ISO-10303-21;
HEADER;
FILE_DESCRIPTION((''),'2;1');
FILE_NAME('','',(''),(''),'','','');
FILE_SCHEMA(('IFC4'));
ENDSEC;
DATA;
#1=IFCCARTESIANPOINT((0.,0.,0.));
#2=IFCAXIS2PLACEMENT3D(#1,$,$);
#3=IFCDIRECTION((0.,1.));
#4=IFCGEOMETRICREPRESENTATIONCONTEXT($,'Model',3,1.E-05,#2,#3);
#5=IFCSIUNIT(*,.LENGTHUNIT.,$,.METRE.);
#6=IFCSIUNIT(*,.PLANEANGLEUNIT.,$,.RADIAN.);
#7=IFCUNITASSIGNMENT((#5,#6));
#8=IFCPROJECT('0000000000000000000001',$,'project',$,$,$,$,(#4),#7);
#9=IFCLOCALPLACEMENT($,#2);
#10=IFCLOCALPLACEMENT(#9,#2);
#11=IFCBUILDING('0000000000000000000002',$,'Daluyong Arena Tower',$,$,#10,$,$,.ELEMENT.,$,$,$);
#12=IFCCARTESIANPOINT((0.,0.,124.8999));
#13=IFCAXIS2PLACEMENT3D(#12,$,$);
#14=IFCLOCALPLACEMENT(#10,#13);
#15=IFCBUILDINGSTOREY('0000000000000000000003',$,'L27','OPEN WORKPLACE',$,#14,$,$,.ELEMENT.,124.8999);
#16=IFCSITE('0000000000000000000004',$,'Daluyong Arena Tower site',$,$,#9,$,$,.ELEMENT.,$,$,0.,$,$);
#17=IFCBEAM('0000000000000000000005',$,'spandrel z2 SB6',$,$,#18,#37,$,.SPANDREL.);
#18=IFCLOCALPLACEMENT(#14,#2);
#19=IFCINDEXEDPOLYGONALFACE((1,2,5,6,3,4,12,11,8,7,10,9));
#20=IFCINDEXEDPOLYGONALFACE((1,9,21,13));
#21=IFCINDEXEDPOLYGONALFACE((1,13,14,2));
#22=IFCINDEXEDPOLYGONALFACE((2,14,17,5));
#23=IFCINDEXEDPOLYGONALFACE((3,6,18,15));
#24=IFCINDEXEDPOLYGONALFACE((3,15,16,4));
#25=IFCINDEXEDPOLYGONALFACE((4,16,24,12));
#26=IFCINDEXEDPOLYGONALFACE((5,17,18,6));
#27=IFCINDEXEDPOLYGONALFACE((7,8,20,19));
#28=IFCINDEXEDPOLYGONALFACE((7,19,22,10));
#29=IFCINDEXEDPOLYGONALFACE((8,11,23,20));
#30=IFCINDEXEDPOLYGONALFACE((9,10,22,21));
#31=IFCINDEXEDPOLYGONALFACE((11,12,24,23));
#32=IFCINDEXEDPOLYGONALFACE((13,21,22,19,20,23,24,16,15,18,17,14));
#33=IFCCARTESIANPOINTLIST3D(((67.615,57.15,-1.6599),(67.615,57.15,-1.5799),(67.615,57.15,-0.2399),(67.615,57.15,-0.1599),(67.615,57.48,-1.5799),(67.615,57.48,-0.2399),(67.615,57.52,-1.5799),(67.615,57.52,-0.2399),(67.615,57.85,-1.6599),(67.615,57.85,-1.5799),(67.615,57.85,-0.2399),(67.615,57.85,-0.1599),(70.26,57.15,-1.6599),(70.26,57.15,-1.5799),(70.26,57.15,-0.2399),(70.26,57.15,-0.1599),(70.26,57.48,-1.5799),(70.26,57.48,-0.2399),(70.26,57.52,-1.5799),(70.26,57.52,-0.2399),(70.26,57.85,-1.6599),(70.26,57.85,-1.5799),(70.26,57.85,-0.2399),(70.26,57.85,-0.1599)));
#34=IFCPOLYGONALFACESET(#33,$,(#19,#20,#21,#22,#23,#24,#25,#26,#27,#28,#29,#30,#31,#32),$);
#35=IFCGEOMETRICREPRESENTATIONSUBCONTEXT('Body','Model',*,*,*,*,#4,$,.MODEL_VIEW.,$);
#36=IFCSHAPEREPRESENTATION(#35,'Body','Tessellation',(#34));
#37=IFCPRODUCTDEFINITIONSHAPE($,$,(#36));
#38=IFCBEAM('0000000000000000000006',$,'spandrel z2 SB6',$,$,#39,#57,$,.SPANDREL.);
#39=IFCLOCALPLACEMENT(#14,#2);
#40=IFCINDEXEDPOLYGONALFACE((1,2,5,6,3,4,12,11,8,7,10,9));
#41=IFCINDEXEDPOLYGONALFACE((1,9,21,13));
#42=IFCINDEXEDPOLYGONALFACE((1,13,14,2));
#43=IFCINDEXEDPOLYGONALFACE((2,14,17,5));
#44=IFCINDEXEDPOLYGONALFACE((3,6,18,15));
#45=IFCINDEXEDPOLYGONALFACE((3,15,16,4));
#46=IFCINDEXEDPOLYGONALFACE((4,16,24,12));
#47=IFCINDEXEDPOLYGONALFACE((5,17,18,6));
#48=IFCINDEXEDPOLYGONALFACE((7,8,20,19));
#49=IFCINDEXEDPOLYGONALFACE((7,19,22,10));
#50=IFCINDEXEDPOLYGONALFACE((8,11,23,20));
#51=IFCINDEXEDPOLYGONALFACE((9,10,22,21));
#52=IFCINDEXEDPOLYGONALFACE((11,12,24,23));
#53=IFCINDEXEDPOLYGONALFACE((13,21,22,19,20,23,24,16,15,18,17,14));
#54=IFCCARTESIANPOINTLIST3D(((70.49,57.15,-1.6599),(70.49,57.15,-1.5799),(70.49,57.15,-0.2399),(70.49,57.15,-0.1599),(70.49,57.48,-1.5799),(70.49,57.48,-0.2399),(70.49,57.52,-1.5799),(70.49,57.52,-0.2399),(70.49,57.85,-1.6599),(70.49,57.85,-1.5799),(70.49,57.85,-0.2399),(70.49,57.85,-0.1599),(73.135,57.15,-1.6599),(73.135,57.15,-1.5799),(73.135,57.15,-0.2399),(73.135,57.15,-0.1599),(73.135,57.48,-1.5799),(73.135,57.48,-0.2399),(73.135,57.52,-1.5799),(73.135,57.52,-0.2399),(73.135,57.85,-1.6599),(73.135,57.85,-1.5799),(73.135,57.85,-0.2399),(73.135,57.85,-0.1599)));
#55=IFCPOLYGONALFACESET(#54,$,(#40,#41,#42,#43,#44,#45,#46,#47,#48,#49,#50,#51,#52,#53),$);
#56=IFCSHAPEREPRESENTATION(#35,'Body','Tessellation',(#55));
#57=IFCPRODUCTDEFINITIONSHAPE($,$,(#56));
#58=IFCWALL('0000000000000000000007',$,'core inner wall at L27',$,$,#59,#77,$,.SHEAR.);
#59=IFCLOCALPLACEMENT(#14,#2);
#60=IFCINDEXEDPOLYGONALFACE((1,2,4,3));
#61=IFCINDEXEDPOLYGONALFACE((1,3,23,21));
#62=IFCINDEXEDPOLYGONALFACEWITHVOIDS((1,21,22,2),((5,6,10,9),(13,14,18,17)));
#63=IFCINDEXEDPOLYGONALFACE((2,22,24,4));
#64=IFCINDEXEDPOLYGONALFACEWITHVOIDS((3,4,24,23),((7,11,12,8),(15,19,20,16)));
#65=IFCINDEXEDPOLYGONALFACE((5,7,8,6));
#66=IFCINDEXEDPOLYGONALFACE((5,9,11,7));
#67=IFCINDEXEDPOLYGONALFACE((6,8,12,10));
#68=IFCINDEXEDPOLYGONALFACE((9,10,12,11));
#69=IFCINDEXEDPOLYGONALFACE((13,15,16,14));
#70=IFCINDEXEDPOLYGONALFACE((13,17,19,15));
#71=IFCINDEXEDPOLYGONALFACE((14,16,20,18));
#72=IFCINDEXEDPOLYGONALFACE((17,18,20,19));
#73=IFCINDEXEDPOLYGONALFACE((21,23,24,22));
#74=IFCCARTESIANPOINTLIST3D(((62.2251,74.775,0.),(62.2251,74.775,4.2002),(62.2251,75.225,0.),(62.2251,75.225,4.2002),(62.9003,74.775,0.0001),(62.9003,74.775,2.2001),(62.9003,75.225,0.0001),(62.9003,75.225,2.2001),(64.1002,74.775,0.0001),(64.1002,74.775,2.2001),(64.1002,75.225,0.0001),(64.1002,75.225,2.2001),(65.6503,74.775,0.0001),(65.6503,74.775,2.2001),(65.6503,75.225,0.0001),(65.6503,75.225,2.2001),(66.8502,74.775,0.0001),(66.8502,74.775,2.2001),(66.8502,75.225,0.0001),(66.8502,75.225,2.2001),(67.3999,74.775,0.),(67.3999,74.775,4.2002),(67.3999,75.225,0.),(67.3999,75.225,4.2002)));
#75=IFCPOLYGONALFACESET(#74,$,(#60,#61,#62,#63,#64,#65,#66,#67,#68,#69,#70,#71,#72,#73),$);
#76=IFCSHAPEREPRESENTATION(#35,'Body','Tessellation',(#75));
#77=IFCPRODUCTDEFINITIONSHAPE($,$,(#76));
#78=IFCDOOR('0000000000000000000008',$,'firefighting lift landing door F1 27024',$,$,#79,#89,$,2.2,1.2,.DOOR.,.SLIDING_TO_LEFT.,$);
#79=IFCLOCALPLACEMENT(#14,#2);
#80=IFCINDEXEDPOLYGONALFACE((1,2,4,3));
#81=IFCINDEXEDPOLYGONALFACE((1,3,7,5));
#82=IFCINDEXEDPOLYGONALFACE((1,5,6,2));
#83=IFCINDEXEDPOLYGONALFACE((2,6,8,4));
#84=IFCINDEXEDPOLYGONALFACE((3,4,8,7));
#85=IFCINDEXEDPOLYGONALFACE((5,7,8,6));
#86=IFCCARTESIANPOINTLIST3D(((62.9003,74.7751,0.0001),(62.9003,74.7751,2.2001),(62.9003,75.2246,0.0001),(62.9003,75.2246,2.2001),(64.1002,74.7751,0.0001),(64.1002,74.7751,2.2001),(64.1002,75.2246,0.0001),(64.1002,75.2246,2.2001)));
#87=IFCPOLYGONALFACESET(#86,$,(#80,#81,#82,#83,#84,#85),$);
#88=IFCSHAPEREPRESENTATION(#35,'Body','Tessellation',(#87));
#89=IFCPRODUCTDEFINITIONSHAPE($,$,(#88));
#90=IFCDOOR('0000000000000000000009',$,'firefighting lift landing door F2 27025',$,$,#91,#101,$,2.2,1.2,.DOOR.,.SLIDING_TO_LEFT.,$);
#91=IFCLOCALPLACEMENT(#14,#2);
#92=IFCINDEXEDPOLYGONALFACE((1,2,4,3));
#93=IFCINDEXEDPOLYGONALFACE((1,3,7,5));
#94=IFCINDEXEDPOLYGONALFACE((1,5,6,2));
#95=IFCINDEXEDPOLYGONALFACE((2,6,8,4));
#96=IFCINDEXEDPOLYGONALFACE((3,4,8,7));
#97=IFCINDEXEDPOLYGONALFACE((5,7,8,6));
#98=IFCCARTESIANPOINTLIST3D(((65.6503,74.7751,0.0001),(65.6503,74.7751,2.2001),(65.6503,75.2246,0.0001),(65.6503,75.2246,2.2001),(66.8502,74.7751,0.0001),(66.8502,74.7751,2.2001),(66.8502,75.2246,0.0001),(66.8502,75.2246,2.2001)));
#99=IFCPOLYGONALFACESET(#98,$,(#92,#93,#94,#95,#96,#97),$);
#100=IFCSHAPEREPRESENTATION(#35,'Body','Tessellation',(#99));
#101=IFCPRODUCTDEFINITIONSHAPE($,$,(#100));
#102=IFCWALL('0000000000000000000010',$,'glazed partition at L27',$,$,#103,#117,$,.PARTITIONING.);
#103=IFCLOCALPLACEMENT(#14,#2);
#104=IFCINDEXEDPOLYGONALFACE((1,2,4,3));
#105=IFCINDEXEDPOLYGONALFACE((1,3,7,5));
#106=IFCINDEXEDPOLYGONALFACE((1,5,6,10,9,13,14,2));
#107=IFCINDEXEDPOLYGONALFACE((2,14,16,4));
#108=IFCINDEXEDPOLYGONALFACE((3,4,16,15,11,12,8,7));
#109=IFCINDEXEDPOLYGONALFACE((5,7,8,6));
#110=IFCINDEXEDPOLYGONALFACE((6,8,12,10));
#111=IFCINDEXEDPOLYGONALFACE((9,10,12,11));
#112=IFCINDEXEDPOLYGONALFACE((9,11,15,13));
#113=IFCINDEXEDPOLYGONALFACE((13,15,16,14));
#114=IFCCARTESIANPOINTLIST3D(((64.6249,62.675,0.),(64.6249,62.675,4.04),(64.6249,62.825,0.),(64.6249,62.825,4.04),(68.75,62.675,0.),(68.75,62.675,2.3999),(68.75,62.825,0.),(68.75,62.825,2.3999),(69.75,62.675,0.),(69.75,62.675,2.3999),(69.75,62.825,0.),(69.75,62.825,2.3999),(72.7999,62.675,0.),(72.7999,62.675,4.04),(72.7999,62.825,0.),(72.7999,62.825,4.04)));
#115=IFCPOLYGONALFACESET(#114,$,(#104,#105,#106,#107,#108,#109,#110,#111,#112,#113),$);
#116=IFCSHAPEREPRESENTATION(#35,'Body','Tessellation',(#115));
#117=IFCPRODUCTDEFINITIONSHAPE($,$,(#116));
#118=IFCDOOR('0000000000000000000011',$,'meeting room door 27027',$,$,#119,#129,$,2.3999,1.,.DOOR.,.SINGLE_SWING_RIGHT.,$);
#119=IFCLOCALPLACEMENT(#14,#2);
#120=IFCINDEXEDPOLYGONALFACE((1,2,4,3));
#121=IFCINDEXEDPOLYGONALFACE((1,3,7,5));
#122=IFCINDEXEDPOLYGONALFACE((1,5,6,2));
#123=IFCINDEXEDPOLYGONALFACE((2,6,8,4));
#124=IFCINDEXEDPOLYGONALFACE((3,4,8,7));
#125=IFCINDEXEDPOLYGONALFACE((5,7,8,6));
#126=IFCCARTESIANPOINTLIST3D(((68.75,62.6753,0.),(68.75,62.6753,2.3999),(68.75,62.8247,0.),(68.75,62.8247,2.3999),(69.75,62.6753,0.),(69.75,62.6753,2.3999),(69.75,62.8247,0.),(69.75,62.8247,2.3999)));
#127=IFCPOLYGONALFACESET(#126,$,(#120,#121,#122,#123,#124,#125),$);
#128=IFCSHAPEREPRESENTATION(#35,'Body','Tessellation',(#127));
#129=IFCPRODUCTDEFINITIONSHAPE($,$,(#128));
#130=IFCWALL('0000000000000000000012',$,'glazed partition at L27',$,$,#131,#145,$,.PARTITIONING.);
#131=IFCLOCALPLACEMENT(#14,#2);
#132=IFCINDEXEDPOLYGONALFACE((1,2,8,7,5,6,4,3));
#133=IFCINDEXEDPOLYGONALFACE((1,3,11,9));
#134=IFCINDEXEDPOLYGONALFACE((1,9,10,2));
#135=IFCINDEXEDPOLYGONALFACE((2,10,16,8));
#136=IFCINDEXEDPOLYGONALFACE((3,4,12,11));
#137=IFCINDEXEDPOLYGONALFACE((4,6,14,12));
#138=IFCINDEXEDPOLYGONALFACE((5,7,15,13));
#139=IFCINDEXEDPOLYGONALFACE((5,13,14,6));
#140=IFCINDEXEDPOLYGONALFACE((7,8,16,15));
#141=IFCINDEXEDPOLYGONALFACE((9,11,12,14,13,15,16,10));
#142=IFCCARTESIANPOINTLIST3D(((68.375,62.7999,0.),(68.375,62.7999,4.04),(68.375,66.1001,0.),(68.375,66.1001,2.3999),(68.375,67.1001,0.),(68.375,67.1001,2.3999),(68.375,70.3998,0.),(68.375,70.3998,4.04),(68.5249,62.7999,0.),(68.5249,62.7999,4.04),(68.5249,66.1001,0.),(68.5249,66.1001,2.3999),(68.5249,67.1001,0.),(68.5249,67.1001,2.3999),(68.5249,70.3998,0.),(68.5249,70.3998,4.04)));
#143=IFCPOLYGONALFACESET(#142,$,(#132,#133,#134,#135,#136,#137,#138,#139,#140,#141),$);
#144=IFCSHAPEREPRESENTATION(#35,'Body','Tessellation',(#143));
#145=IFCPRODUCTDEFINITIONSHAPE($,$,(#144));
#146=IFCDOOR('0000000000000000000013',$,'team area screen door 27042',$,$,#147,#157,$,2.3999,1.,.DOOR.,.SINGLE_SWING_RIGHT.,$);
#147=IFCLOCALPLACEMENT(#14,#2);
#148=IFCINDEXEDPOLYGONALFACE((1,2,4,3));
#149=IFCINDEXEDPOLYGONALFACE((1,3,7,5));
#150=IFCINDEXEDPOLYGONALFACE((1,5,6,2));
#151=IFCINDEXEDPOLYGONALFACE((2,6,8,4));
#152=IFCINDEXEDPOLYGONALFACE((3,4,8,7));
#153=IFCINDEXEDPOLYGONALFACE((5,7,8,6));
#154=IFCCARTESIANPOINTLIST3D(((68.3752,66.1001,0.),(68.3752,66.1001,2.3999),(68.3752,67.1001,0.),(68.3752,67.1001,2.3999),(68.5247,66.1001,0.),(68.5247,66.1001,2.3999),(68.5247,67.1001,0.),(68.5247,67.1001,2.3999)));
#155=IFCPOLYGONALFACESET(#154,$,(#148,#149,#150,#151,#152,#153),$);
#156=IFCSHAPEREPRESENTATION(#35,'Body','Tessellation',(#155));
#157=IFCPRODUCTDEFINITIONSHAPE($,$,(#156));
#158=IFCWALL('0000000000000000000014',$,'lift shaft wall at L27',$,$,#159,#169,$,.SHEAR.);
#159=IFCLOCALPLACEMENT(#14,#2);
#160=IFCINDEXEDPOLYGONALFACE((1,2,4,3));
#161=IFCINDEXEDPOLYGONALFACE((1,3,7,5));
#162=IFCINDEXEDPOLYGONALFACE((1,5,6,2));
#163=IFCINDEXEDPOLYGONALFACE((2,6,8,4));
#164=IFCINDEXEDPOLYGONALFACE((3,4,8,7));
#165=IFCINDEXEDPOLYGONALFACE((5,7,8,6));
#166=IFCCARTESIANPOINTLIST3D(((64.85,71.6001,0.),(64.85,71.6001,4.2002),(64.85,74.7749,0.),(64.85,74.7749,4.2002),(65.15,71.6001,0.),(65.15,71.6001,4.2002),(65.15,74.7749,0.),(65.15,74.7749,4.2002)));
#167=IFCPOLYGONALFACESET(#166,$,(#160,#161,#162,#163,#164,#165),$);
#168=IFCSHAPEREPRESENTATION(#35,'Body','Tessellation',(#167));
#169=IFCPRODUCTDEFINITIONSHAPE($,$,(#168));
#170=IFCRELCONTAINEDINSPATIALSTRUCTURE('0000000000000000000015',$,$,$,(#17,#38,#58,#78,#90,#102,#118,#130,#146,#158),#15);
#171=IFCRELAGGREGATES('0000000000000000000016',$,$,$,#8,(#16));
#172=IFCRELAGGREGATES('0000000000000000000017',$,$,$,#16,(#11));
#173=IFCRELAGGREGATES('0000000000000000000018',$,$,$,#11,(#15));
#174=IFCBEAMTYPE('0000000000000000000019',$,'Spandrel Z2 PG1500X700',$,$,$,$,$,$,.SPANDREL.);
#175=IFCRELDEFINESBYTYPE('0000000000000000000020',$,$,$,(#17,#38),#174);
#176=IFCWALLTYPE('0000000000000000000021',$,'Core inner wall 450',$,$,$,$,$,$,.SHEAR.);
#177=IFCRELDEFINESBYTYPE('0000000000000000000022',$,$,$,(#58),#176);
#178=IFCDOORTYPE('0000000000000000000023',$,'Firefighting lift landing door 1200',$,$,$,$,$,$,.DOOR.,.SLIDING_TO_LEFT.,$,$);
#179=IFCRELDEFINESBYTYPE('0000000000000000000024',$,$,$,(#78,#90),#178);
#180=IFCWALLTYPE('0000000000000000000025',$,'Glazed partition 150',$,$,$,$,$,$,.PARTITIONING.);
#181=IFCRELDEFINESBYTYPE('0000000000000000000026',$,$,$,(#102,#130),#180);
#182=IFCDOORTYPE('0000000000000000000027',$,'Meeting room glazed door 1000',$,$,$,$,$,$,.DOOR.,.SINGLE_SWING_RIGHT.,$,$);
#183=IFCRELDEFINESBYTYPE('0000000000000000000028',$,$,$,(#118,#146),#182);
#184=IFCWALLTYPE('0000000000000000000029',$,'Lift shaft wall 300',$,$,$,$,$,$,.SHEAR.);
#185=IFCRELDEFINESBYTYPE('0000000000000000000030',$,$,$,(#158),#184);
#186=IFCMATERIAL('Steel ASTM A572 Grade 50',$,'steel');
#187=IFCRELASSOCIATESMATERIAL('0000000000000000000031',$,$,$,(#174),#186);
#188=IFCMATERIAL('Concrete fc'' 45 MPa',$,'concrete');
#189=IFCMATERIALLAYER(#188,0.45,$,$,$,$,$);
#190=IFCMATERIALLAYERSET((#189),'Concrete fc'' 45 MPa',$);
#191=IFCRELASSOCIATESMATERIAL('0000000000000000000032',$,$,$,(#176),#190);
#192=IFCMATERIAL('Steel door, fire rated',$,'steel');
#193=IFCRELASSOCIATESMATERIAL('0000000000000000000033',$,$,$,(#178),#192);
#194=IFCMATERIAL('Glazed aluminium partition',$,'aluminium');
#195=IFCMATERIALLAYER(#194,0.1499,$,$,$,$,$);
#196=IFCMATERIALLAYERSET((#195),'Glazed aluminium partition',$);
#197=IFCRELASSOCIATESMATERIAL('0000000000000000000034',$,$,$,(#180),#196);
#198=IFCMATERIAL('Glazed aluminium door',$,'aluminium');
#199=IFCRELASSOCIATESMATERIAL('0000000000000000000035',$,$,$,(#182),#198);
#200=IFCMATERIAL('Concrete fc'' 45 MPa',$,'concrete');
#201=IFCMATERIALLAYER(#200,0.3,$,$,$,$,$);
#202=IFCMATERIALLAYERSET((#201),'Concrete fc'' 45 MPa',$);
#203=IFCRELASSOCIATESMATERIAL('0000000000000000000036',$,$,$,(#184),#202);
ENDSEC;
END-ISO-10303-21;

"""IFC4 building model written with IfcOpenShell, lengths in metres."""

from ifc_helpers import new_model, si_unit, direction, frame, frame_2d, origin, origin_2d, place, context, subcontext, project, spatial, rectangle, i_section, extrude, material, layer, layer_set, material_profile, profile_set, type_object, element, fill, save


model = new_model("IFC4")

# Units and contexts
model_context = context("Model", 3, precision=1e-05, world=origin(), true_north=direction((0.0, 1.0)))
body_context = subcontext(model_context, "Body", "Model", "MODEL_VIEW")
ifc_project = project(units=[si_unit("LENGTHUNIT", "METRE"), si_unit("PLANEANGLEUNIT", "RADIAN")], contexts=[model_context])

# Site, building, storey
site_placement = place(None, origin())
site = spatial("IfcSite", under=ifc_project, at=site_placement, Name="Daluyong Arena Tower site", CompositionType="ELEMENT", RefElevation=0.0)
building_placement = place(site_placement, origin())
building = spatial("IfcBuilding", under=site, at=building_placement, Name="Daluyong Arena Tower", CompositionType="ELEMENT")
storey_placement = place(building_placement, frame((0.0, 0.0, 124.8999)))
storey = spatial("IfcBuildingStorey", under=building, at=storey_placement, Name="L27", Description="OPEN WORKPLACE", CompositionType="ELEMENT", Elevation=124.8999)

# Beams
ifc_material_1 = material(Name="Steel ASTM A572 Grade 50", Category="steel")
ifc_material_profile_1 = material_profile(ifc_material_1, i_section(OverallWidth=0.7, OverallDepth=1.5, WebThickness=0.04, FlangeThickness=0.08, at=origin_2d()))
ifc_profile_set_1 = profile_set([ifc_material_profile_1], Name="Steel ASTM A572 Grade 50")
beam_type_1 = type_object("IfcBeamType", Name="Spandrel Z2 PG1500X700", PredefinedType="SPANDREL", material=ifc_profile_set_1)
for number, where, z_axis, x_axis, name in (
    (1, (67.615, 57.5, -0.9099), (1.0, 0.0, 0.0), (0.0, 1.0, 0.0), "spandrel z2 SB6"),
    (2, (70.49, 57.5, -0.9099), (1.0, 0.0, 0.0), (0.0, 1.0, 0.0), "spandrel z2 SB6"),
):
    element("IfcBeam", number, at=place(storey_placement, frame(where, z_axis=z_axis, x_axis=x_axis)), inside=storey, type_object=beam_type_1, Name=name, PredefinedType="SPANDREL", context=body_context, shape_type="SweptSolid", body=[
        extrude(i_section(OverallWidth=0.7, OverallDepth=1.5, WebThickness=0.04, FlangeThickness=0.08, at=origin_2d()), origin(), (0.0, 0.0, 1.0), 2.645),
    ])

# Shared definitions
ifc_material_2 = material(Name="Concrete fc' 45 MPa", Category="concrete")
ifc_layer_1 = layer(ifc_material_2, 0.45)
ifc_layer_set_1 = layer_set([ifc_layer_1], Name="Concrete fc' 45 MPa")
wall_type_1 = type_object("IfcWallType", Name="Core inner wall 450", PredefinedType="SHEAR", material=ifc_layer_set_1)

# Wall, openings, doors
wall_1_placement = place(storey_placement, frame((62.2251, 75.0, 0.0), z_axis=(0.0, 0.0, 1.0), x_axis=(1.0, 0.0, 0.0)))
wall_1 = element("IfcWall", 3, at=wall_1_placement, inside=storey, type_object=wall_type_1, Name="core inner wall at L27", PredefinedType="SHEAR", context=body_context, shape_type="SweptSolid", body=[
    extrude(rectangle(XDim=5.1748, YDim=0.45, at=frame_2d((2.5874, 0.0))), origin(), (0.0, 0.0, 1.0), 4.2002),
])
opening_1_placement = place(wall_1_placement, frame((0.675, 0.0, 0.0)))
opening_1 = element("IfcOpeningElement", 4, at=opening_1_placement, cuts=wall_1, PredefinedType="OPENING", context=body_context, shape_type="SweptSolid", body=[
    extrude(rectangle(XDim=1.2, YDim=2.2, at=frame_2d((0.6001, 1.1001))), frame((0.0, 0.2349, 0.0), z_axis=(0.0, -1.0, 0.0), x_axis=(1.0, 0.0, 0.0)), (0.0, 0.0, 1.0), 0.47),
])
opening_2_placement = place(wall_1_placement, frame((3.425, 0.0, 0.0)))
opening_2 = element("IfcOpeningElement", 5, at=opening_2_placement, cuts=wall_1, PredefinedType="OPENING", context=body_context, shape_type="SweptSolid", body=[
    extrude(rectangle(XDim=1.2, YDim=2.2, at=frame_2d((0.6001, 1.1001))), frame((0.0, 0.2349, 0.0), z_axis=(0.0, -1.0, 0.0), x_axis=(1.0, 0.0, 0.0)), (0.0, 0.0, 1.0), 0.47),
])
ifc_material_3 = material(Name="Steel door, fire rated", Category="steel")
door_type_1 = type_object("IfcDoorType", Name="Firefighting lift landing door 1200", OperationType="SLIDING_TO_LEFT", PredefinedType="DOOR", material=ifc_material_3)
door_1_placement = place(opening_1_placement, origin())
door_1 = element("IfcDoor", 6, at=door_1_placement, inside=storey, type_object=door_type_1, Name="firefighting lift landing door F1 27024", OperationType="SLIDING_TO_LEFT", OverallHeight=2.2, OverallWidth=1.2, PredefinedType="DOOR", context=body_context, shape_type="SweptSolid", body=[
    extrude(rectangle(XDim=1.2, YDim=2.2, at=frame_2d((0.6001, 1.1001))), frame((0.0, 0.2246, 0.0), z_axis=(0.0, -1.0, 0.0), x_axis=(1.0, 0.0, 0.0)), (0.0, 0.0, 1.0), 0.4495),
])
fill(opening_1, door_1)
door_2_placement = place(opening_2_placement, origin())
door_2 = element("IfcDoor", 7, at=door_2_placement, inside=storey, type_object=door_type_1, Name="firefighting lift landing door F2 27025", OperationType="SLIDING_TO_LEFT", OverallHeight=2.2, OverallWidth=1.2, PredefinedType="DOOR", context=body_context, shape_type="SweptSolid", body=[
    extrude(rectangle(XDim=1.2, YDim=2.2, at=frame_2d((0.6001, 1.1001))), frame((0.0, 0.2246, 0.0), z_axis=(0.0, -1.0, 0.0), x_axis=(1.0, 0.0, 0.0)), (0.0, 0.0, 1.0), 0.4495),
])
fill(opening_2, door_2)

# Walls, openings, doors
ifc_material_4 = material(Name="Glazed aluminium partition", Category="aluminium")
ifc_layer_2 = layer(ifc_material_4, 0.1499)
ifc_layer_set_2 = layer_set([ifc_layer_2], Name="Glazed aluminium partition")
wall_type_2 = type_object("IfcWallType", Name="Glazed partition 150", PredefinedType="PARTITIONING", material=ifc_layer_set_2)
wall_2_placement = place(storey_placement, frame((64.625, 62.75, 0.0), z_axis=(0.0, 0.0, 1.0), x_axis=(1.0, 0.0, 0.0)))
wall_2 = element("IfcWall", 8, at=wall_2_placement, inside=storey, type_object=wall_type_2, Name="glazed partition at L27", PredefinedType="PARTITIONING", context=body_context, shape_type="SweptSolid", body=[
    extrude(rectangle(XDim=8.175, YDim=0.1499, at=frame_2d((4.0874, 0.0))), origin(), (0.0, 0.0, 1.0), 4.04),
])
opening_3_placement = place(wall_2_placement, frame((4.125, 0.0, 0.0)))
opening_3 = element("IfcOpeningElement", 9, at=opening_3_placement, cuts=wall_2, PredefinedType="OPENING", context=body_context, shape_type="SweptSolid", body=[
    extrude(rectangle(XDim=1.0, YDim=2.3999, at=frame_2d((0.5, 1.2))), frame((0.0, 0.085, 0.0), z_axis=(0.0, -1.0, 0.0), x_axis=(1.0, 0.0, 0.0)), (0.0, 0.0, 1.0), 0.1699),
])
ifc_material_5 = material(Name="Glazed aluminium door", Category="aluminium")
door_type_2 = type_object("IfcDoorType", Name="Meeting room glazed door 1000", OperationType="SINGLE_SWING_RIGHT", PredefinedType="DOOR", material=ifc_material_5)
door_3_placement = place(opening_3_placement, origin())
door_3 = element("IfcDoor", 10, at=door_3_placement, inside=storey, type_object=door_type_2, Name="meeting room door 27027", OperationType="SINGLE_SWING_RIGHT", OverallHeight=2.3999, OverallWidth=1.0, PredefinedType="DOOR", context=body_context, shape_type="SweptSolid", body=[
    extrude(rectangle(XDim=1.0, YDim=2.3999, at=frame_2d((0.5, 1.2))), frame((0.0, 0.0747, 0.0), z_axis=(0.0, -1.0, 0.0), x_axis=(1.0, 0.0, 0.0)), (0.0, 0.0, 1.0), 0.1494),
])
fill(opening_3, door_3)
wall_3_placement = place(storey_placement, frame((68.45, 62.8, 0.0), z_axis=(0.0, 0.0, 1.0), x_axis=(0.0, 1.0, 0.0)))
wall_3 = element("IfcWall", 11, at=wall_3_placement, inside=storey, type_object=wall_type_2, Name="glazed partition at L27", PredefinedType="PARTITIONING", context=body_context, shape_type="SweptSolid", body=[
    extrude(rectangle(XDim=7.5999, YDim=0.1499, at=frame_2d((3.7998, 0.0))), origin(), (0.0, 0.0, 1.0), 4.04),
])
opening_4_placement = place(wall_3_placement, frame((3.3, 0.0, 0.0)))
opening_4 = element("IfcOpeningElement", 12, at=opening_4_placement, cuts=wall_3, PredefinedType="OPENING", context=body_context, shape_type="SweptSolid", body=[
    extrude(rectangle(XDim=1.0, YDim=2.3999, at=frame_2d((0.5, 1.2))), frame((0.0, 0.085, 0.0), z_axis=(0.0, -1.0, 0.0), x_axis=(1.0, 0.0, 0.0)), (0.0, 0.0, 1.0), 0.1699),
])
door_4_placement = place(opening_4_placement, origin())
door_4 = element("IfcDoor", 13, at=door_4_placement, inside=storey, type_object=door_type_2, Name="team area screen door 27042", OperationType="SINGLE_SWING_RIGHT", OverallHeight=2.3999, OverallWidth=1.0, PredefinedType="DOOR", context=body_context, shape_type="SweptSolid", body=[
    extrude(rectangle(XDim=1.0, YDim=2.3999, at=frame_2d((0.5, 1.2))), frame((0.0, 0.0747, 0.0), z_axis=(0.0, -1.0, 0.0), x_axis=(1.0, 0.0, 0.0)), (0.0, 0.0, 1.0), 0.1494),
])
fill(opening_4, door_4)

# Wall
ifc_material_6 = material(Name="Concrete fc' 45 MPa", Category="concrete")
ifc_layer_3 = layer(ifc_material_6, 0.3)
ifc_layer_set_3 = layer_set([ifc_layer_3], Name="Concrete fc' 45 MPa")
wall_type_3 = type_object("IfcWallType", Name="Lift shaft wall 300", PredefinedType="SHEAR", material=ifc_layer_set_3)
wall_4_placement = place(storey_placement, frame((65.0, 71.6001, 0.0), z_axis=(0.0, 0.0, 1.0), x_axis=(0.0, 1.0, 0.0)))
element("IfcWall", 14, at=wall_4_placement, inside=storey, type_object=wall_type_3, Name="lift shaft wall at L27", PredefinedType="SHEAR", context=body_context, shape_type="SweptSolid", body=[
    extrude(rectangle(XDim=3.1748, YDim=0.3, at=frame_2d((1.5874, 0.0))), origin(), (0.0, 0.0, 1.0), 4.2002),
])

save(model, "model.ifc")
